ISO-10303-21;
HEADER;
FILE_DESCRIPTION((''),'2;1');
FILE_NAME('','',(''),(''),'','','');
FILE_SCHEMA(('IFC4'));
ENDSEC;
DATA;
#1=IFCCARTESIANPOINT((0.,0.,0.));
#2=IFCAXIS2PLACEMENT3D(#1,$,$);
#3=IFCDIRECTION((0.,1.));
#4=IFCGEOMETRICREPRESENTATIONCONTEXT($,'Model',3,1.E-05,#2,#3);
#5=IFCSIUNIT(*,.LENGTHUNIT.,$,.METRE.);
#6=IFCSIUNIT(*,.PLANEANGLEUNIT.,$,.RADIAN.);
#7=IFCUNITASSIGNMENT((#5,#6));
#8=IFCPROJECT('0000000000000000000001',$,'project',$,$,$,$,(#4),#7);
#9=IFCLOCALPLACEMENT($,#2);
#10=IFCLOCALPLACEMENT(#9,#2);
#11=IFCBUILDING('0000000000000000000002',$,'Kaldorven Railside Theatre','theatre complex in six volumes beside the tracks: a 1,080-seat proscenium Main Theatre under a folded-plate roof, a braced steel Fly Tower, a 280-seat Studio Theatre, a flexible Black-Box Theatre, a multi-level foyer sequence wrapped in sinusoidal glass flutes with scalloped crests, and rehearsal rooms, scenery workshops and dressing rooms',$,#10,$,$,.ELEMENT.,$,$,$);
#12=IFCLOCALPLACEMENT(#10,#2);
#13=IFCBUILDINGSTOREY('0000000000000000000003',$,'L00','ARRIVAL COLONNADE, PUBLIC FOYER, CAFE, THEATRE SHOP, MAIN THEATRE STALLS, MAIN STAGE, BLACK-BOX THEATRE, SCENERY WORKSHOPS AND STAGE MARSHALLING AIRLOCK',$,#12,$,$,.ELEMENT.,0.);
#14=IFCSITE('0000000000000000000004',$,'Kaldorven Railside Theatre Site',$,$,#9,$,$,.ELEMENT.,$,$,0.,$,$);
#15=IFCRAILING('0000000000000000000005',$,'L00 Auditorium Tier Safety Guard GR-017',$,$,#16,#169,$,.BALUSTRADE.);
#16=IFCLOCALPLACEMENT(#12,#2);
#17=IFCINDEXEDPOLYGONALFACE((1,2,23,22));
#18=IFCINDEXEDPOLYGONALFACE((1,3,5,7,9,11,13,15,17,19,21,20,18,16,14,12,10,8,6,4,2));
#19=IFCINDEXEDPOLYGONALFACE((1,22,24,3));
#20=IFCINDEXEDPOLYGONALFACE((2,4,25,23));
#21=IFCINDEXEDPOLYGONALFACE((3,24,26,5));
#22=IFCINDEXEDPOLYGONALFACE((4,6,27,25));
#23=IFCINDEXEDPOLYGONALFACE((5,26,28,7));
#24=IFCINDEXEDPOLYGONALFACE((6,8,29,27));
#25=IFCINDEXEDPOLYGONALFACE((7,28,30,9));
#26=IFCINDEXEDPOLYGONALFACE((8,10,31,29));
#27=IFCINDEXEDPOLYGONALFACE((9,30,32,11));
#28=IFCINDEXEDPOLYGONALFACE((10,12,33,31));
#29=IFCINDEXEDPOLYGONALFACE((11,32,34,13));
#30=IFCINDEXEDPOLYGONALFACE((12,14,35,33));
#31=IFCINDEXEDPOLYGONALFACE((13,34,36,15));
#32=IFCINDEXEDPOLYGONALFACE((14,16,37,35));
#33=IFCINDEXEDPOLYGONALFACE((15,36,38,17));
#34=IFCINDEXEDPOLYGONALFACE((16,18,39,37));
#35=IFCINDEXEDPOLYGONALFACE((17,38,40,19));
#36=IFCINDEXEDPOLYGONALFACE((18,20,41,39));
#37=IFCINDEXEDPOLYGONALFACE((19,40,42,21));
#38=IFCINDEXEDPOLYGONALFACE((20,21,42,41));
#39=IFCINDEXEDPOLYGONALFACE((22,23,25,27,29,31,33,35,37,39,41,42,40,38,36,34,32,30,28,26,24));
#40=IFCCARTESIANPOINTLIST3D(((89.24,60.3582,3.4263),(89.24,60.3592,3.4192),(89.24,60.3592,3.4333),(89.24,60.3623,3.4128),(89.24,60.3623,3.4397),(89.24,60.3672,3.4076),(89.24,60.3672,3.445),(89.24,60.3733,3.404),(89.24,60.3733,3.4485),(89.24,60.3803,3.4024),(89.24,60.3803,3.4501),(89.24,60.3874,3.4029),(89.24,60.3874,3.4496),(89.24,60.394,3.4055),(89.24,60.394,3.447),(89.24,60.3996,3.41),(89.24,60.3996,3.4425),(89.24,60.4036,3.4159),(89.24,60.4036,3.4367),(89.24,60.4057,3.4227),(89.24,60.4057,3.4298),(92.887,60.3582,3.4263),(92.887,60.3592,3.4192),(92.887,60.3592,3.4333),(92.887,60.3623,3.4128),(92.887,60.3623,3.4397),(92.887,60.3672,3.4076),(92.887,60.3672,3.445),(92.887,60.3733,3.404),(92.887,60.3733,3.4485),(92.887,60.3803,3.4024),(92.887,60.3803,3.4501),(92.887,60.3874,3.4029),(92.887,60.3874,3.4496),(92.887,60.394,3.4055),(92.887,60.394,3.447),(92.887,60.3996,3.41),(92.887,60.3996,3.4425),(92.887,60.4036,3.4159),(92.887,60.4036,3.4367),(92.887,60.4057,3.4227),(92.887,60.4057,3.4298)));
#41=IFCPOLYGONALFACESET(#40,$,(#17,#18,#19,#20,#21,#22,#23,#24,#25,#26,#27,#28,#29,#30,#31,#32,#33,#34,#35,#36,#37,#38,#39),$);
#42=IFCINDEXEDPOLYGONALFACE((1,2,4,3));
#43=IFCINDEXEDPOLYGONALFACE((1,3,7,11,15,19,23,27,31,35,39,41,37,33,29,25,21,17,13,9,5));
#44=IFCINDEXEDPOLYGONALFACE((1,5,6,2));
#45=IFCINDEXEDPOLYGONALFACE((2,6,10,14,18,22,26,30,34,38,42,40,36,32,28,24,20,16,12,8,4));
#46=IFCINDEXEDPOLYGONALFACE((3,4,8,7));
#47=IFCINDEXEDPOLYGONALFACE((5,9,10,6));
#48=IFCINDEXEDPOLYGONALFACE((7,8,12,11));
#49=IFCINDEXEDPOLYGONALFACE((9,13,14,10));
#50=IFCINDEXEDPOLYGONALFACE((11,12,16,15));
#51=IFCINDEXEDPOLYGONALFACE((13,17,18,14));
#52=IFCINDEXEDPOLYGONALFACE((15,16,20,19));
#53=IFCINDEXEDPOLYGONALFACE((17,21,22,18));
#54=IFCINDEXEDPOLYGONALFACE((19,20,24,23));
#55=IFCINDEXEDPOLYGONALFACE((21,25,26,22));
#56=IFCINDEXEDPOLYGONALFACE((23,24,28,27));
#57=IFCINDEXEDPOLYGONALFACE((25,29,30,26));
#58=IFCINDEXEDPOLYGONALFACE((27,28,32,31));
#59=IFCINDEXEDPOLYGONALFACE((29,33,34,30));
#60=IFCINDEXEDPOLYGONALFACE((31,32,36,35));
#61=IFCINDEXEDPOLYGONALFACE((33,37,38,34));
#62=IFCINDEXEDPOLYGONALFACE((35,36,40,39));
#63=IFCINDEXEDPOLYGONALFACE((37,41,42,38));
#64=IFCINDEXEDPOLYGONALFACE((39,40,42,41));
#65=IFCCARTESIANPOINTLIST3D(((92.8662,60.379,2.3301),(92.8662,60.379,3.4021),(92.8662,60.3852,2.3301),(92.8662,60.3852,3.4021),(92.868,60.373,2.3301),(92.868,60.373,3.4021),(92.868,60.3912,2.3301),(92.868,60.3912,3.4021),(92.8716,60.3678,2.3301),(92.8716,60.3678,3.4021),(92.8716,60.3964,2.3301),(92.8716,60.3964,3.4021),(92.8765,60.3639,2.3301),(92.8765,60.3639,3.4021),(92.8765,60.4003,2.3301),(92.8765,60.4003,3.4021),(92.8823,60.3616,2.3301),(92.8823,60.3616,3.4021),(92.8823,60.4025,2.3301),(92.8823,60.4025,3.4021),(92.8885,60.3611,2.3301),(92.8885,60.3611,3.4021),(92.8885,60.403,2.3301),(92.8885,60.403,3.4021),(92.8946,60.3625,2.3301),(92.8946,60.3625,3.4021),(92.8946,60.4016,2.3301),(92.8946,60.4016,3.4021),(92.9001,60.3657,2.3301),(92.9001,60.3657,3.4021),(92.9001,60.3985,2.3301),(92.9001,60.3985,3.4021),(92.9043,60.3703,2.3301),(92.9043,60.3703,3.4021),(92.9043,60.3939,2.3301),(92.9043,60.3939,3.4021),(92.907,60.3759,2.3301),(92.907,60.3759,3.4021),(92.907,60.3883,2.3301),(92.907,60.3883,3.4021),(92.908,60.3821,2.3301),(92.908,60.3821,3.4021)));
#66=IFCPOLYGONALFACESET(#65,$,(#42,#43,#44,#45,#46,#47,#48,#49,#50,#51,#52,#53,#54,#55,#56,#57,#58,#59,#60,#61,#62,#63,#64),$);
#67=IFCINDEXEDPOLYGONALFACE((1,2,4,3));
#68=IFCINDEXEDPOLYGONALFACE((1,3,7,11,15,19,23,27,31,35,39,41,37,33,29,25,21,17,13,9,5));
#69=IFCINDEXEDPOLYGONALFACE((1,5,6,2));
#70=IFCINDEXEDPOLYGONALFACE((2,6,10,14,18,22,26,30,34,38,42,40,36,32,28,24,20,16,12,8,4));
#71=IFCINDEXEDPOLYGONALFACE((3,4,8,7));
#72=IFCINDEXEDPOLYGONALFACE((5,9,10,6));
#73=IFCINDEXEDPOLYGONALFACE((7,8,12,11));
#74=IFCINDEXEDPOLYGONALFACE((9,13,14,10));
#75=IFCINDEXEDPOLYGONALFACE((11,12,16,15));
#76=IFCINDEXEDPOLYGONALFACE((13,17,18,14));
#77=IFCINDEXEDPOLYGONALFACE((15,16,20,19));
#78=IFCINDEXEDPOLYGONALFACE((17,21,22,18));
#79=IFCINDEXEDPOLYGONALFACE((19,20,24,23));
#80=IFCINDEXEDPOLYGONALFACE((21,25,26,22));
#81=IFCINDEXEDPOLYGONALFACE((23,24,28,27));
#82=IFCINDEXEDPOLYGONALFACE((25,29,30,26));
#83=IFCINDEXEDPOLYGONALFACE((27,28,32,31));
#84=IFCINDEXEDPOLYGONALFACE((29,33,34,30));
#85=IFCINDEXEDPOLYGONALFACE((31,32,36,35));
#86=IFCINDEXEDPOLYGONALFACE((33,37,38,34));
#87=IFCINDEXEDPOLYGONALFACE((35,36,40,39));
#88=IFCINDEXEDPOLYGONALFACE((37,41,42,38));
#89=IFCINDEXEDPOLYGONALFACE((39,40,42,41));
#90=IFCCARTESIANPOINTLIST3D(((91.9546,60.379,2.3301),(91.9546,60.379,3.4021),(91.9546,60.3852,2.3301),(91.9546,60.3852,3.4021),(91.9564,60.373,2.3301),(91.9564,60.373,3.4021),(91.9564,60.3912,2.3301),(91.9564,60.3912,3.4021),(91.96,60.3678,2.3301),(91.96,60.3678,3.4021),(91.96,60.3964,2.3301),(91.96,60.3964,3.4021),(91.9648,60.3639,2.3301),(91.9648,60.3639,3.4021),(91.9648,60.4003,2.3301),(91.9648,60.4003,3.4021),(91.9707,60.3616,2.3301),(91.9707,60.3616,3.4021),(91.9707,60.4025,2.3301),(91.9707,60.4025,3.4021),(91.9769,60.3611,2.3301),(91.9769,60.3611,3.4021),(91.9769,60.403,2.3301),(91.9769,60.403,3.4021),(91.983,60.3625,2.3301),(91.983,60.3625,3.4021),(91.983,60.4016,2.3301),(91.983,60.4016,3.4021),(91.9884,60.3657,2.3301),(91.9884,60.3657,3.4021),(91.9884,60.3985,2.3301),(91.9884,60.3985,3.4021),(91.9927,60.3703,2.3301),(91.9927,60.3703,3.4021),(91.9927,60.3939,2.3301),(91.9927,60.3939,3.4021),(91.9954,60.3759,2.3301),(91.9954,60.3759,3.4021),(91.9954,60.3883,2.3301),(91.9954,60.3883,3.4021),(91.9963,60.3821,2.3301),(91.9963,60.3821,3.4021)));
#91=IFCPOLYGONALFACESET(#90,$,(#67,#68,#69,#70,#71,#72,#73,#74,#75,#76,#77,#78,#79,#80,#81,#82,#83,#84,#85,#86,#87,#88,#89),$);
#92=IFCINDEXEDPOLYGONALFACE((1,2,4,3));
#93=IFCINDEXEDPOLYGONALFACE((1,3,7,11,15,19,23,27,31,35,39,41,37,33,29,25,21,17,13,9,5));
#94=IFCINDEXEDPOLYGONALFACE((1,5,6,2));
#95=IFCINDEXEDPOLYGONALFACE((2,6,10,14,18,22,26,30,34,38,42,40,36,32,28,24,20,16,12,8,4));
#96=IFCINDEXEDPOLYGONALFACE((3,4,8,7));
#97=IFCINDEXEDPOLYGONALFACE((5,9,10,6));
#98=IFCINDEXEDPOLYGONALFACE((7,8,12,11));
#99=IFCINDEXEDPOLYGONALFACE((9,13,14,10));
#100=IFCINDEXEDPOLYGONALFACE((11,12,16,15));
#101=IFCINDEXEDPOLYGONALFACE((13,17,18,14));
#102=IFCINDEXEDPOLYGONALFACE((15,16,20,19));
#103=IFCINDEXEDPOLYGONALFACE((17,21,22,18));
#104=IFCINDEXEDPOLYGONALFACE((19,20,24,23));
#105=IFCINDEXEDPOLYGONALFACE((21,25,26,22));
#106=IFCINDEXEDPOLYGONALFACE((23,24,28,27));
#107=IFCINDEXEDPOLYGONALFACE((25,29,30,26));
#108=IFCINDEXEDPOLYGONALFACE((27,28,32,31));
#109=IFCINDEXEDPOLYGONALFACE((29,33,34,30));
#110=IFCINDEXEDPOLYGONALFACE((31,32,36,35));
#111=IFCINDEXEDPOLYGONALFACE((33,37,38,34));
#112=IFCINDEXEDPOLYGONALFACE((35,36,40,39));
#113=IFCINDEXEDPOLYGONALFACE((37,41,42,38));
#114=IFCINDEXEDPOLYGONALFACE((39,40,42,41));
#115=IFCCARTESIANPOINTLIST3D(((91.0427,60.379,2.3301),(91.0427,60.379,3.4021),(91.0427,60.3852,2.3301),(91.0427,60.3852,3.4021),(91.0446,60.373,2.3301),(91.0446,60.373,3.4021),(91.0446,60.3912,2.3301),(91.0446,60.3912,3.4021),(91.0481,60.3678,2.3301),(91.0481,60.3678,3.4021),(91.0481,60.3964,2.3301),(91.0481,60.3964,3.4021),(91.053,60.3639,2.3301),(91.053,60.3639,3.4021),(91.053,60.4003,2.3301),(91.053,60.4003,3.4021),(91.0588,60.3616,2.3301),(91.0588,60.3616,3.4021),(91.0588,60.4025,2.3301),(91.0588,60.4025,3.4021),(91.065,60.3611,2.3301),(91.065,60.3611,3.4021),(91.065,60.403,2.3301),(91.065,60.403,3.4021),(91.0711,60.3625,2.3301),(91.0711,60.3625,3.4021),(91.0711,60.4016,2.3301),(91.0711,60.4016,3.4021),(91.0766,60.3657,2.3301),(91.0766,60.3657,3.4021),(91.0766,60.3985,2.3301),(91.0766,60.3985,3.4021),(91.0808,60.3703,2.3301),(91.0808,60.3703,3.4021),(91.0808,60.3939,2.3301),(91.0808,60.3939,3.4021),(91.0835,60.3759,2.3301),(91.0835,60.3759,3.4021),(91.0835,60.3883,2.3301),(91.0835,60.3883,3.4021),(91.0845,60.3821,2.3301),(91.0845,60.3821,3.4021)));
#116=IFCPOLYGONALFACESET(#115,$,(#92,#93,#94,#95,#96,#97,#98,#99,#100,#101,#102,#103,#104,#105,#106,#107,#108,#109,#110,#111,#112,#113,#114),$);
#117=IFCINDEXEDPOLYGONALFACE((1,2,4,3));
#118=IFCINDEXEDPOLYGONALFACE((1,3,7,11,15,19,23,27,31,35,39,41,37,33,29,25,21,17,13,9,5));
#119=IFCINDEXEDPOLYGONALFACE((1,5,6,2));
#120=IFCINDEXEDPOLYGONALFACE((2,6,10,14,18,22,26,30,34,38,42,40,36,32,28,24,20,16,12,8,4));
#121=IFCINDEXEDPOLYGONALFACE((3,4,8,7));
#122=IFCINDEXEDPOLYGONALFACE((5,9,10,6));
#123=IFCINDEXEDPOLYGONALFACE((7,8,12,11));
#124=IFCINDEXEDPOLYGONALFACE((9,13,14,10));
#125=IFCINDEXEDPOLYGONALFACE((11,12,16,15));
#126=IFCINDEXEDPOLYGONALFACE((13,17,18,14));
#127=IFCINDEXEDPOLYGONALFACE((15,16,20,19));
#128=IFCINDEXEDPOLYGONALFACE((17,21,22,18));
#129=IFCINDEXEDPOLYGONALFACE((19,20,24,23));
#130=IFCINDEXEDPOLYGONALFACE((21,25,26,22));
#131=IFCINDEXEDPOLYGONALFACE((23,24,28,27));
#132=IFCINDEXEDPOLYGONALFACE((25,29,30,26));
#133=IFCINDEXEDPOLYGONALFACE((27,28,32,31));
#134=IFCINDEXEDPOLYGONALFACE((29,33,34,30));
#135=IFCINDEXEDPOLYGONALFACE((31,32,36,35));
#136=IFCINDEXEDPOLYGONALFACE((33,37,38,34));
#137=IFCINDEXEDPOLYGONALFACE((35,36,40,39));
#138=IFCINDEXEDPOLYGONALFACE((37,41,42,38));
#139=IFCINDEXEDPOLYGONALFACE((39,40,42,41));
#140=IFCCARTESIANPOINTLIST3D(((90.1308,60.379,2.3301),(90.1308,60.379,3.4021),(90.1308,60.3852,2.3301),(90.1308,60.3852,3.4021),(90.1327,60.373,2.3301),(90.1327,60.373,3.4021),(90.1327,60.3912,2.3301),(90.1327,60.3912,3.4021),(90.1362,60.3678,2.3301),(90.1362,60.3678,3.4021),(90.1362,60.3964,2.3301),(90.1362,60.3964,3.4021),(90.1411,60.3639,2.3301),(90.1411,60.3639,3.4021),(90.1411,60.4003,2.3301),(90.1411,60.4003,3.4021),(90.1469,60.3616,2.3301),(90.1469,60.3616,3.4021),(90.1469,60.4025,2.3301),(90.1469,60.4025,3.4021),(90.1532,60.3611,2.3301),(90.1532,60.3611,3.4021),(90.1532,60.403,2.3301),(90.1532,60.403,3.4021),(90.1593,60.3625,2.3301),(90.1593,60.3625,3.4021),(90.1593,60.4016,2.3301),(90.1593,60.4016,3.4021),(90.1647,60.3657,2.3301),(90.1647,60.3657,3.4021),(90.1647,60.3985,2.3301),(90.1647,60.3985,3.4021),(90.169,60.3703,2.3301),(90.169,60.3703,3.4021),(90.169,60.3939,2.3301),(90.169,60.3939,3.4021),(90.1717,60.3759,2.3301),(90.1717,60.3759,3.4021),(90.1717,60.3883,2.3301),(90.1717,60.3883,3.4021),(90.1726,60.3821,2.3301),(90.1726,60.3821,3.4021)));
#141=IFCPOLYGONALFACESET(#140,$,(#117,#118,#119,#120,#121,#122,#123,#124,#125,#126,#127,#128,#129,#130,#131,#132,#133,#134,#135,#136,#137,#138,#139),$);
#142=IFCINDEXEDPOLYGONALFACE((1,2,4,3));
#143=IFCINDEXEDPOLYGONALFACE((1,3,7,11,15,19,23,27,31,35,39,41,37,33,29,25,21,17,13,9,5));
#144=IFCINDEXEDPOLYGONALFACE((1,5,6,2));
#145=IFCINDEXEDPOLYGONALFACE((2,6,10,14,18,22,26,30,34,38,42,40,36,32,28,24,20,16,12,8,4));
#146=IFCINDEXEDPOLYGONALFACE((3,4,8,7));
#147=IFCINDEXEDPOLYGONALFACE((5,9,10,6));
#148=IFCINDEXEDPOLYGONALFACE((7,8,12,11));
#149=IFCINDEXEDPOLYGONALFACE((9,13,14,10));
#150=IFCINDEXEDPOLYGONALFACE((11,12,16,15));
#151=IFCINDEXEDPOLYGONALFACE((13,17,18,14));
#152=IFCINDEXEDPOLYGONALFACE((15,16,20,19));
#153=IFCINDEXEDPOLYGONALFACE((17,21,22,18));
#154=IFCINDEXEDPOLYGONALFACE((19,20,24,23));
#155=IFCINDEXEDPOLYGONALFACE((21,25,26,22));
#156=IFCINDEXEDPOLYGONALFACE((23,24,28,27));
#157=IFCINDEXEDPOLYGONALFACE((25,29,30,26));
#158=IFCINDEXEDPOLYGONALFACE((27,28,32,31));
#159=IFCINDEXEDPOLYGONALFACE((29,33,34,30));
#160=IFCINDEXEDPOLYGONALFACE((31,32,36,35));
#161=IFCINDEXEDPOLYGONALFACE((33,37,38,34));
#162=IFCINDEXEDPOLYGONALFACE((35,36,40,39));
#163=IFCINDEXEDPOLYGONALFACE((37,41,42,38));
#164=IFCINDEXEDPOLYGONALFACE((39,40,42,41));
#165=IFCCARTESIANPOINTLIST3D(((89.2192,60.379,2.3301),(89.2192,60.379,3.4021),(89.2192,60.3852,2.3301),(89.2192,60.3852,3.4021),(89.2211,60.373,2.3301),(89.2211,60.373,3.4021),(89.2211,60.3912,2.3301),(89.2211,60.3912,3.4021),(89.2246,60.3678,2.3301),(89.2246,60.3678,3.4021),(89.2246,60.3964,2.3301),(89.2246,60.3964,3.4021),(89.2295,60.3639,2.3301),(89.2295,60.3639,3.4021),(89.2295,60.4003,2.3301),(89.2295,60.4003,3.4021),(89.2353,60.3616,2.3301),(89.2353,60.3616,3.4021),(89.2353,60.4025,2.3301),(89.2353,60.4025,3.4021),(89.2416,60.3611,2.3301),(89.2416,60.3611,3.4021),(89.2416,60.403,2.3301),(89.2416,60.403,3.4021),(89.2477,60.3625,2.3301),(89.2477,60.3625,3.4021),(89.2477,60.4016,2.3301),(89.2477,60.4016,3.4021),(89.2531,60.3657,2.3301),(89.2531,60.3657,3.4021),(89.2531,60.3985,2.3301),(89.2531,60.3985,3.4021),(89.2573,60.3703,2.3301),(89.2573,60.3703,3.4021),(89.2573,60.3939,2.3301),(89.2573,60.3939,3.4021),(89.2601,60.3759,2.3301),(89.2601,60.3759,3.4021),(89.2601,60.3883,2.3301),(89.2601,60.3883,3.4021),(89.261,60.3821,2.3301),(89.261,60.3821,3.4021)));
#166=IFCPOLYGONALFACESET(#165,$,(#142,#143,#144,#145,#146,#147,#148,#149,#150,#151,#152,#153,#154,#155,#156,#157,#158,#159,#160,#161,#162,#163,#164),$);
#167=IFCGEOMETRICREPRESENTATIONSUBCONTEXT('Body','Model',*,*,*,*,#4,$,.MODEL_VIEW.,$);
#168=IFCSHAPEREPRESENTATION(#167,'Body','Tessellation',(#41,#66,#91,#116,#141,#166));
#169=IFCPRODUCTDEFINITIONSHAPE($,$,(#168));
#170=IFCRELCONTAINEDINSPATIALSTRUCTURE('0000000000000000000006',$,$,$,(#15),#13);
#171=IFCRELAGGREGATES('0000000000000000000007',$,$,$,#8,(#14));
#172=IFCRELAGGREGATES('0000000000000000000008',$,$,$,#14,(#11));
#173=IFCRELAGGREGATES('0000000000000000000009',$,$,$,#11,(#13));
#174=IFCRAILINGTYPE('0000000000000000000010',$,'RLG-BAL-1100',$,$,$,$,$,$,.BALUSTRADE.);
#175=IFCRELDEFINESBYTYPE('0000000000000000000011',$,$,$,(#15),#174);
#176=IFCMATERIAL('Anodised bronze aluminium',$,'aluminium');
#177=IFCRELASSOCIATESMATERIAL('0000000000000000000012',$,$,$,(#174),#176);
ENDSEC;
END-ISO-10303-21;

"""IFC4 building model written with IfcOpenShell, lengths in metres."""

from ifc_helpers import new_model, si_unit, direction, frame, origin, origin_2d, place, context, subcontext, project, spatial, circle, extrude, material, type_object, element, save


model = new_model("IFC4")

# Units and contexts
model_context = context("Model", 3, precision=1e-05, world=origin(), true_north=direction((0.0, 1.0)))
body_context = subcontext(model_context, "Body", "Model", "MODEL_VIEW")
ifc_project = project(units=[si_unit("LENGTHUNIT", "METRE"), si_unit("PLANEANGLEUNIT", "RADIAN")], contexts=[model_context])

# Site, building, storey
site_placement = place(None, origin())
site = spatial("IfcSite", under=ifc_project, at=site_placement, Name="Kaldorven Railside Theatre Site", CompositionType="ELEMENT", RefElevation=0.0)
building_placement = place(site_placement, origin())
building = spatial("IfcBuilding", under=site, at=building_placement, Name="Kaldorven Railside Theatre", Description="theatre complex in six volumes beside the tracks: a 1,080-seat proscenium Main Theatre under a folded-plate roof, a braced steel Fly Tower, a 280-seat Studio Theatre, a flexible Black-Box Theatre, a multi-level foyer sequence wrapped in sinusoidal glass flutes with scalloped crests, and rehearsal rooms, scenery workshops and dressing rooms", CompositionType="ELEMENT")
storey_placement = place(building_placement, origin())
storey = spatial("IfcBuildingStorey", under=building, at=storey_placement, Name="L00", Description="ARRIVAL COLONNADE, PUBLIC FOYER, CAFE, THEATRE SHOP, MAIN THEATRE STALLS, MAIN STAGE, BLACK-BOX THEATRE, SCENERY WORKSHOPS AND STAGE MARSHALLING AIRLOCK", CompositionType="ELEMENT", Elevation=0.0)

# Railing
ifc_material_1 = material(Name="Anodised bronze aluminium", Category="aluminium")
railing_type = type_object("IfcRailingType", Name="RLG-BAL-1100", PredefinedType="BALUSTRADE", material=ifc_material_1)
railing_1_placement = place(storey_placement, frame((92.887, 60.3821, 2.3301)))
element("IfcRailing", 1, at=railing_1_placement, inside=storey, type_object=railing_type, Name="L00 Auditorium Tier Safety Guard GR-017", PredefinedType="BALUSTRADE", context=body_context, shape_type="SweptSolid", body=[
    extrude(circle(Radius=0.0239, at=origin_2d()), frame((0.0, 0.0, 1.0962), z_axis=(-1.0, 0.0, 0.0), x_axis=(0.0, -1.0, 0.0)), (0.0, 0.0, 1.0), 3.647),
    extrude(circle(Radius=0.021, at=origin_2d()), origin(), (0.0, 0.0, 1.0), 1.072),
    extrude(circle(Radius=0.021, at=origin_2d()), frame((-0.9116, 0.0, 0.0)), (0.0, 0.0, 1.0), 1.072),
    extrude(circle(Radius=0.021, at=origin_2d()), frame((-1.8235, 0.0, 0.0)), (0.0, 0.0, 1.0), 1.072),
    extrude(circle(Radius=0.021, at=origin_2d()), frame((-2.7354, 0.0, 0.0)), (0.0, 0.0, 1.0), 1.072),
    extrude(circle(Radius=0.021, at=origin_2d()), frame((-3.647, 0.0, 0.0)), (0.0, 0.0, 1.0), 1.072),
])

save(model, "model.ifc")
